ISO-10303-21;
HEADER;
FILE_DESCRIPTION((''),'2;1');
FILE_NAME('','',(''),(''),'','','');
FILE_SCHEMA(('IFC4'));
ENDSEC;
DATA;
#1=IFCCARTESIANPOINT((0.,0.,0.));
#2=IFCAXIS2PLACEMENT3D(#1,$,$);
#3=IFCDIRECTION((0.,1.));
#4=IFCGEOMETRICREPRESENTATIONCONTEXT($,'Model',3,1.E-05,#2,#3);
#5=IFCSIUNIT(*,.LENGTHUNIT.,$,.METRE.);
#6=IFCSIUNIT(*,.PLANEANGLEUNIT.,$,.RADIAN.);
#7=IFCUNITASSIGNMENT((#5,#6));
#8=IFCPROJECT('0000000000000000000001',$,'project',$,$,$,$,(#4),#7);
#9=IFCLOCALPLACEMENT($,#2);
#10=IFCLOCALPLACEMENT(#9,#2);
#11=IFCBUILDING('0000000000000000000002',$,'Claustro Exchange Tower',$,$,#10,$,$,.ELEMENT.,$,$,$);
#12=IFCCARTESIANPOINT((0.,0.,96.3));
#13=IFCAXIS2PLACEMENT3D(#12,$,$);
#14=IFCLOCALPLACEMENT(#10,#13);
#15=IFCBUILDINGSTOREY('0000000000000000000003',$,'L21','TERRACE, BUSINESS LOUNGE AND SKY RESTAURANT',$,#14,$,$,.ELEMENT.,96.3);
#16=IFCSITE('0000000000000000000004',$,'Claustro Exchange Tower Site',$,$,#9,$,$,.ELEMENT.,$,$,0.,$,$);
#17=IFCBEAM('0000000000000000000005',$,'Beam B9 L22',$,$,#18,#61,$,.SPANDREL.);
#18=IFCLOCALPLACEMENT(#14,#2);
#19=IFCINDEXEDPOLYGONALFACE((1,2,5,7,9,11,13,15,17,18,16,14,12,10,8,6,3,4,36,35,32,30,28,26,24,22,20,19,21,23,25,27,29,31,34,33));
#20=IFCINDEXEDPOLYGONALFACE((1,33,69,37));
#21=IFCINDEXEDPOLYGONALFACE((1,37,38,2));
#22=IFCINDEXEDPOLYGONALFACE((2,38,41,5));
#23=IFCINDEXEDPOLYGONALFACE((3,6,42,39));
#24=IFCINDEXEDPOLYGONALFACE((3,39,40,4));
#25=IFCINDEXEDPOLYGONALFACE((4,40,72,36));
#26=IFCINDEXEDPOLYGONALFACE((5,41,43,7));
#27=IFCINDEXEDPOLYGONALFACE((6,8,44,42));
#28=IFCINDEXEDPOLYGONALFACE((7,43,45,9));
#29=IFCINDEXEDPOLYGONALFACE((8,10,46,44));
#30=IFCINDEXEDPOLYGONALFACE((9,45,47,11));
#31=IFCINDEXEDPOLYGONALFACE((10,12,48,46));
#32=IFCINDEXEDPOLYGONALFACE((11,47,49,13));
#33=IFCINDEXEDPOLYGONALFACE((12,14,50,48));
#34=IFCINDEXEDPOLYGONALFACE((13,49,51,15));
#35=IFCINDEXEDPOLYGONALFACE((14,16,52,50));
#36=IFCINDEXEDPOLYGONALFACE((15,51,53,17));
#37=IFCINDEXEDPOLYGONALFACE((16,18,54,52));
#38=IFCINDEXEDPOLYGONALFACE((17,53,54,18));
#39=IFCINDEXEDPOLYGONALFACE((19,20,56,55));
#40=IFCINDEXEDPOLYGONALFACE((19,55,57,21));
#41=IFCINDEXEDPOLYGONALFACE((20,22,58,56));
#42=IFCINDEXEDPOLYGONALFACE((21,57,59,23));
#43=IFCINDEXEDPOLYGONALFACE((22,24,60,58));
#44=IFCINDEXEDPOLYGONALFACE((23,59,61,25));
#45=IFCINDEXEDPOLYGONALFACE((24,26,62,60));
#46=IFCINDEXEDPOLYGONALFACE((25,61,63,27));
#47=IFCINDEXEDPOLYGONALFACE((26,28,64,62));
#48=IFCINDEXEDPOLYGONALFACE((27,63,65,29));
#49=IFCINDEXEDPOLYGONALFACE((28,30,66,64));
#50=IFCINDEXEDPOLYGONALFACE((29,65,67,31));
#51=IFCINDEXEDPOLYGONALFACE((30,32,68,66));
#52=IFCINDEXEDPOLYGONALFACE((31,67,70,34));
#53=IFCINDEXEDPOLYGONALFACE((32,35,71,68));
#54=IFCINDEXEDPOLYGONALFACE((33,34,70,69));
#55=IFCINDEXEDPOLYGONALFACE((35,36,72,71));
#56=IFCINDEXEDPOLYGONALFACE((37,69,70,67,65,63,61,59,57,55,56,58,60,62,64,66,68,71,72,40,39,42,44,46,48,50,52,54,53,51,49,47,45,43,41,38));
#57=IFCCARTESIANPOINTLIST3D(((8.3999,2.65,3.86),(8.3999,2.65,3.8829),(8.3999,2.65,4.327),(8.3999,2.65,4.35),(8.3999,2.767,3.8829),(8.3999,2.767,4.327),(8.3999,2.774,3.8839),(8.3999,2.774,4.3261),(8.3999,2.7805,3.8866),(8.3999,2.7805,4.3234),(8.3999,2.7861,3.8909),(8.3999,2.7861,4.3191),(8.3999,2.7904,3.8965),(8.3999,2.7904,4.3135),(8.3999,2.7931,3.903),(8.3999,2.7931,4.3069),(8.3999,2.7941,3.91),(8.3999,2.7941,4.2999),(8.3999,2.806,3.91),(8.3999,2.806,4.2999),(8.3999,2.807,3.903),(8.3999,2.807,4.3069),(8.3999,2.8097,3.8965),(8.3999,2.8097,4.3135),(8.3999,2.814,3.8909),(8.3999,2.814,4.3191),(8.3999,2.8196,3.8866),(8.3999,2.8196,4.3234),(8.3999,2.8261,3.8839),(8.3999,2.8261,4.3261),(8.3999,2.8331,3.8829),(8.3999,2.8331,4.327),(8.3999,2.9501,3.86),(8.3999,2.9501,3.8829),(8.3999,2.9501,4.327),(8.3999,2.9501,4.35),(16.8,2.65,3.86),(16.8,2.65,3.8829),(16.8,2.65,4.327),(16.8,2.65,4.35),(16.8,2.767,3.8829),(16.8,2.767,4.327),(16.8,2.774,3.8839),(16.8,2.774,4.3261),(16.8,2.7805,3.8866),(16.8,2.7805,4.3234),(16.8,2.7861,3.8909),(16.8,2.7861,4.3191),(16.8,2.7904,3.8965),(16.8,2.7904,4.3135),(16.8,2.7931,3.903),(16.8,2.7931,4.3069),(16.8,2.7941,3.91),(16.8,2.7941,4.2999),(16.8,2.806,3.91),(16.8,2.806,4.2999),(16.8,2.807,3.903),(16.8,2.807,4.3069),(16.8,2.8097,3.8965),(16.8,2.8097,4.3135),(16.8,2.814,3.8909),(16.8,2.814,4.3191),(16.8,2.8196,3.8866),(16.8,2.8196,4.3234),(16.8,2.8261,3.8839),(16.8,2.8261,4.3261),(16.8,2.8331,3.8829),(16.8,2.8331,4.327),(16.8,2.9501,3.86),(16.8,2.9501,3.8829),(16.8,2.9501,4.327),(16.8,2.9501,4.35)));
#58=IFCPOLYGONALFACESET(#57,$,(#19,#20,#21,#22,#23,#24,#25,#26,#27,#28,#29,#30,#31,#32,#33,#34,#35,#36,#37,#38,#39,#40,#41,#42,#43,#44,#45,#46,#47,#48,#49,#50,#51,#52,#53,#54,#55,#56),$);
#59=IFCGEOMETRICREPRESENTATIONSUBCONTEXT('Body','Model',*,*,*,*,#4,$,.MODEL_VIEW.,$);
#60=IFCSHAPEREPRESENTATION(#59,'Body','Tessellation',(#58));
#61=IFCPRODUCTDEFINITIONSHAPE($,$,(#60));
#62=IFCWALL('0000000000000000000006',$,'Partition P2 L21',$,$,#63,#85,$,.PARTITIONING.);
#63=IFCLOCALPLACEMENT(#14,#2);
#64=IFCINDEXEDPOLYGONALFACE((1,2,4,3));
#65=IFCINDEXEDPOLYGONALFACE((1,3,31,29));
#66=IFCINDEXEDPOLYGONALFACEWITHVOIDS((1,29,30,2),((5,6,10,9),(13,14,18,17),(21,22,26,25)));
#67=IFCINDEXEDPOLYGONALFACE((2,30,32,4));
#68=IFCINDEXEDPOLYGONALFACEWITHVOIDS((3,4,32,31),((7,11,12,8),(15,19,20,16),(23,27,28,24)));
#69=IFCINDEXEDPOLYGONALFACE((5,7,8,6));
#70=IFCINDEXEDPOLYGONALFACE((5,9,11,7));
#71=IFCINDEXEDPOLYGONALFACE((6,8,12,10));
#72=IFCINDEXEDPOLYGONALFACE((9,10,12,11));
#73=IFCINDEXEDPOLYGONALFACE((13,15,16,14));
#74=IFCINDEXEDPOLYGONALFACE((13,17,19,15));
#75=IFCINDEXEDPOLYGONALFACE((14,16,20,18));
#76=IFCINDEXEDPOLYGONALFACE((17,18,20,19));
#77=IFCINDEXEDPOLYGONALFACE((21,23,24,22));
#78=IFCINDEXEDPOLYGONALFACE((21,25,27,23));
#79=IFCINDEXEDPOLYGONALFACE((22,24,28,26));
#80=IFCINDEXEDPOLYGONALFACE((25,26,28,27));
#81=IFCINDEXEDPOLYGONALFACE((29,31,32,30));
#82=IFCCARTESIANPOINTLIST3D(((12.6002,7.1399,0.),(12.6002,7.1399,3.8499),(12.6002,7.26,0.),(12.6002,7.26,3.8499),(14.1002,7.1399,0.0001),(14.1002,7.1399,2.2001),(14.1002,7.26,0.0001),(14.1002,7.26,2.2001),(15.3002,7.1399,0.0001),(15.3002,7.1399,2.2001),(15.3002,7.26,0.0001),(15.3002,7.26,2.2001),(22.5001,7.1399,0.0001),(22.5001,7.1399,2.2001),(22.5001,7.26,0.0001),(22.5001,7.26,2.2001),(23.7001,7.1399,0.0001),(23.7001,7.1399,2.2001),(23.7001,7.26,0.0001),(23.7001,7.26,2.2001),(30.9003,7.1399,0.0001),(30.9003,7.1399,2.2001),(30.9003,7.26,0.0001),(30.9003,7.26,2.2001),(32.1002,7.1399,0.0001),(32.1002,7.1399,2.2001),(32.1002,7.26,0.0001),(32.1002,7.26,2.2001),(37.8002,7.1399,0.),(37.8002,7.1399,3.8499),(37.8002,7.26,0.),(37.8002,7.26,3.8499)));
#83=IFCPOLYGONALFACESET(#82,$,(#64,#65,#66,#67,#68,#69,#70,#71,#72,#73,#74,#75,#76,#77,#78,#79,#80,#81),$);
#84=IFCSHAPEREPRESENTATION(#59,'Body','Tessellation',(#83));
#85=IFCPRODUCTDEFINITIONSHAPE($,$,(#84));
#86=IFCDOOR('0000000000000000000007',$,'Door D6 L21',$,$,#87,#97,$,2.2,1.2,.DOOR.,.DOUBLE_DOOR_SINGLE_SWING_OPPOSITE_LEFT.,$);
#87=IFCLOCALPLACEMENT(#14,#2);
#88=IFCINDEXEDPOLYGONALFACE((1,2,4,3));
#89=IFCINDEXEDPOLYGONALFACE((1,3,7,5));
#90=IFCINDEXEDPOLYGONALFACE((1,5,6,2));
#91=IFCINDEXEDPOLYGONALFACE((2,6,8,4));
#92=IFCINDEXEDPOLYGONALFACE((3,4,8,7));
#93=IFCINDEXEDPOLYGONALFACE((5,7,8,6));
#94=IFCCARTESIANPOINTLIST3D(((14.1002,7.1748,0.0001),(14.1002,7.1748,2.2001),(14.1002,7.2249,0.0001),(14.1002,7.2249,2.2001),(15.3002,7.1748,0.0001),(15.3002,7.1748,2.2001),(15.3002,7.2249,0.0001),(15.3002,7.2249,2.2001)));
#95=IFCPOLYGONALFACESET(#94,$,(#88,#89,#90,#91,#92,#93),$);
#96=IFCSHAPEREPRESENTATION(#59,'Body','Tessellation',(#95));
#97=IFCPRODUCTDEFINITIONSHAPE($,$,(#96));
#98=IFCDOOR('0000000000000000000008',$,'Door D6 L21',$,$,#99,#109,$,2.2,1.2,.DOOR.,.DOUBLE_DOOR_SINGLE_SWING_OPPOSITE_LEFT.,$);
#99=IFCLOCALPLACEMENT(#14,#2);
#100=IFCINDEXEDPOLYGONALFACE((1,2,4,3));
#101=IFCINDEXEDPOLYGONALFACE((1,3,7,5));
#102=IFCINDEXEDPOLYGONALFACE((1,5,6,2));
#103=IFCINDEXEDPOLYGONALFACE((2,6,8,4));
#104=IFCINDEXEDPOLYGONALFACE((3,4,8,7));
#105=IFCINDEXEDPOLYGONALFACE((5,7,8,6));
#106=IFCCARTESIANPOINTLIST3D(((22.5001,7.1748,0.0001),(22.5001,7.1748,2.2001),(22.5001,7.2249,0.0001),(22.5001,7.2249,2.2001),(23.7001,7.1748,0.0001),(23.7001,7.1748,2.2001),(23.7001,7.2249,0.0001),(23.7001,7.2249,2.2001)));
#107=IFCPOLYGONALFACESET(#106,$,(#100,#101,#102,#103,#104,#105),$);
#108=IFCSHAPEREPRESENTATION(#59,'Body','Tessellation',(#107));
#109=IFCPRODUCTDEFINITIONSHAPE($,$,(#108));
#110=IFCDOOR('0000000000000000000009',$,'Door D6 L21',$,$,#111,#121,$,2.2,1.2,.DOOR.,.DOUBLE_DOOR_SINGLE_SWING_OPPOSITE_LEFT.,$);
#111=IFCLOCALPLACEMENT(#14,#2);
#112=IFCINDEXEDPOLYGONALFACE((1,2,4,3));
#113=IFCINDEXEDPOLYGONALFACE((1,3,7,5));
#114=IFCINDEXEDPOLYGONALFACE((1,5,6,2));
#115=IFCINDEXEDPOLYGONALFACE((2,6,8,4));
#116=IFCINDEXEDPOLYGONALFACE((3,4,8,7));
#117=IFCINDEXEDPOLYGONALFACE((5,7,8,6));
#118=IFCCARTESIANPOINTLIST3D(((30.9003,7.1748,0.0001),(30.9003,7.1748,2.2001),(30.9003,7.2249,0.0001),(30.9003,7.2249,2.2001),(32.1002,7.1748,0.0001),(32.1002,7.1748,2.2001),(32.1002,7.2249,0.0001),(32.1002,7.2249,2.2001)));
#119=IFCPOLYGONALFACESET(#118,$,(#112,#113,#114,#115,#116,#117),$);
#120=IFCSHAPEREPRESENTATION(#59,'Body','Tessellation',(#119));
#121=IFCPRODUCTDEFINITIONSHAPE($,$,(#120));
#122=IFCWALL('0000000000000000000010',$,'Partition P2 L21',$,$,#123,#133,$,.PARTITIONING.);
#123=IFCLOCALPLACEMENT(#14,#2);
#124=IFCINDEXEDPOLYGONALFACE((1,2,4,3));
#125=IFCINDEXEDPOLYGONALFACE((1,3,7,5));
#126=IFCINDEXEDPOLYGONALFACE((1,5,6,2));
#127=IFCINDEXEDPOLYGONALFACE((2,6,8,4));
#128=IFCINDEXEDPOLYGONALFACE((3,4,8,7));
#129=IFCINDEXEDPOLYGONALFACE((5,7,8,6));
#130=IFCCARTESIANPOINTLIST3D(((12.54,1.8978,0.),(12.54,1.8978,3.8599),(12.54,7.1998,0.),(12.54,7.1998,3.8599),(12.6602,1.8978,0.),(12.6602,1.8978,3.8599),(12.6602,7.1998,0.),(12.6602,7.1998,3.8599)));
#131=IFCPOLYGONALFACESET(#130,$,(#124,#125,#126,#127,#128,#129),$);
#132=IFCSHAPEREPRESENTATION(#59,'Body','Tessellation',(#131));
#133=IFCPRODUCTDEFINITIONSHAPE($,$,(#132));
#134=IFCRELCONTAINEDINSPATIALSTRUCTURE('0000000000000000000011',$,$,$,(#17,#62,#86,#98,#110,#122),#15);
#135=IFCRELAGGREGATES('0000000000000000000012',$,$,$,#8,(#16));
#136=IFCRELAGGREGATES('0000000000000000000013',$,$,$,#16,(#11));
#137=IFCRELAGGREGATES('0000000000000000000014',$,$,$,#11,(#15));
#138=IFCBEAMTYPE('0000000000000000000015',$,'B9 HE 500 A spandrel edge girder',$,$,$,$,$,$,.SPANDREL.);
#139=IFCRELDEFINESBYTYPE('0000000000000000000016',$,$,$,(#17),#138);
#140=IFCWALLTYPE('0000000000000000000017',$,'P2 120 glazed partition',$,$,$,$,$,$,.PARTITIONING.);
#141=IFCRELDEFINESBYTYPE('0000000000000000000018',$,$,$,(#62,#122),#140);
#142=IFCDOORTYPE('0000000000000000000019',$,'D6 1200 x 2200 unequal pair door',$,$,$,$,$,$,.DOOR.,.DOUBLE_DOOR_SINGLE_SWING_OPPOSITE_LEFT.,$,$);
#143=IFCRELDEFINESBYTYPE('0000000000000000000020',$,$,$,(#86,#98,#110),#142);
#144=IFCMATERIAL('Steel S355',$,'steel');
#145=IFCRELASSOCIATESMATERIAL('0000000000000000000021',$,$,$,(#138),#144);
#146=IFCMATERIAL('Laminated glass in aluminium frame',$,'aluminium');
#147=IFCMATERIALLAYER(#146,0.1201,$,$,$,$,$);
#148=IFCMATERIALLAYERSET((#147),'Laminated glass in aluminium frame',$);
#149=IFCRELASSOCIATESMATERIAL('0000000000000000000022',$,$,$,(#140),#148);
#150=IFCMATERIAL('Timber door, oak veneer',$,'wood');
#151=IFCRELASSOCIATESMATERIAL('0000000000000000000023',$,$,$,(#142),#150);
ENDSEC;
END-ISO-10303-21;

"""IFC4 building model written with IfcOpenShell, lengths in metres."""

from ifc_helpers import new_model, si_unit, direction, frame, frame_2d, origin, origin_2d, place, context, subcontext, project, spatial, rectangle, i_section, extrude, material, layer, layer_set, material_profile, profile_set, type_object, element, fill, save


model = new_model("IFC4")

# Units and contexts
model_context = context("Model", 3, precision=1e-05, world=origin(), true_north=direction((0.0, 1.0)))
body_context = subcontext(model_context, "Body", "Model", "MODEL_VIEW")
ifc_project = project(units=[si_unit("LENGTHUNIT", "METRE"), si_unit("PLANEANGLEUNIT", "RADIAN")], contexts=[model_context])

# Site, building, storey
site_placement = place(None, origin())
site = spatial("IfcSite", under=ifc_project, at=site_placement, Name="Claustro Exchange Tower Site", CompositionType="ELEMENT", RefElevation=0.0)
building_placement = place(site_placement, origin())
building = spatial("IfcBuilding", under=site, at=building_placement, Name="Claustro Exchange Tower", CompositionType="ELEMENT")
storey_placement = place(building_placement, frame((0.0, 0.0, 96.3)))
storey = spatial("IfcBuildingStorey", under=building, at=storey_placement, Name="L21", Description="TERRACE, BUSINESS LOUNGE AND SKY RESTAURANT", CompositionType="ELEMENT", Elevation=96.3)

# Beam
ifc_material_1 = material(Name="Steel S355", Category="steel")
ifc_material_profile_1 = material_profile(ifc_material_1, i_section(OverallWidth=0.3, OverallDepth=0.49, WebThickness=0.012, FlangeThickness=0.0229, FilletRadius=0.0271, at=origin_2d()), Name="HE 500 A")
ifc_profile_set_1 = profile_set([ifc_material_profile_1], Name="Steel S355")
beam_type_1 = type_object("IfcBeamType", Name="B9 HE 500 A spandrel edge girder", PredefinedType="SPANDREL", material=ifc_profile_set_1)
beam_1_placement = place(storey_placement, frame((8.3999, 2.8, 4.105), z_axis=(1.0, 0.0, 0.0), x_axis=(0.0, 1.0, 0.0)))
element("IfcBeam", 1, at=beam_1_placement, inside=storey, type_object=beam_type_1, Name="Beam B9 L22", PredefinedType="SPANDREL", context=body_context, shape_type="SweptSolid", body=[
    extrude(i_section(OverallWidth=0.3, OverallDepth=0.49, WebThickness=0.012, FlangeThickness=0.0229, FilletRadius=0.0271, at=origin_2d()), origin(), (0.0, 0.0, 1.0), 8.4001),
])

# Wall, openings, doors
ifc_material_2 = material(Name="Laminated glass in aluminium frame", Category="aluminium")
ifc_layer_1 = layer(ifc_material_2, 0.1201)
ifc_layer_set_1 = layer_set([ifc_layer_1], Name="Laminated glass in aluminium frame")
wall_type_1 = type_object("IfcWallType", Name="P2 120 glazed partition", PredefinedType="PARTITIONING", material=ifc_layer_set_1)
wall_1_placement = place(storey_placement, frame((12.6001, 7.2, 0.0), z_axis=(0.0, 0.0, 1.0), x_axis=(1.0, 0.0, 0.0)))
wall_1 = element("IfcWall", 2, at=wall_1_placement, inside=storey, type_object=wall_type_1, Name="Partition P2 L21", PredefinedType="PARTITIONING", context=body_context, shape_type="SweptSolid", body=[
    extrude(rectangle(XDim=25.2, YDim=0.1201, at=frame_2d((12.6001, 0.0))), origin(), (0.0, 0.0, 1.0), 3.8499),
])
opening_1_placement = place(wall_1_placement, frame((1.5, 0.0, 0.0)))
opening_1 = element("IfcOpeningElement", 3, at=opening_1_placement, cuts=wall_1, PredefinedType="OPENING", context=body_context, shape_type="SweptSolid", body=[
    extrude(rectangle(XDim=1.2, YDim=2.2, at=frame_2d((0.6001, 1.1001))), frame((0.0, 0.0701, 0.0), z_axis=(0.0, -1.0, 0.0), x_axis=(1.0, 0.0, 0.0)), (0.0, 0.0, 1.0), 0.1401),
])
opening_2_placement = place(wall_1_placement, frame((9.8999, 0.0, 0.0)))
opening_2 = element("IfcOpeningElement", 4, at=opening_2_placement, cuts=wall_1, PredefinedType="OPENING", context=body_context, shape_type="SweptSolid", body=[
    extrude(rectangle(XDim=1.2, YDim=2.2, at=frame_2d((0.6001, 1.1001))), frame((0.0, 0.0701, 0.0), z_axis=(0.0, -1.0, 0.0), x_axis=(1.0, 0.0, 0.0)), (0.0, 0.0, 1.0), 0.1401),
])
opening_3_placement = place(wall_1_placement, frame((18.3, 0.0, 0.0)))
opening_3 = element("IfcOpeningElement", 5, at=opening_3_placement, cuts=wall_1, PredefinedType="OPENING", context=body_context, shape_type="SweptSolid", body=[
    extrude(rectangle(XDim=1.2, YDim=2.2, at=frame_2d((0.6001, 1.1001))), frame((0.0, 0.0701, 0.0), z_axis=(0.0, -1.0, 0.0), x_axis=(1.0, 0.0, 0.0)), (0.0, 0.0, 1.0), 0.1401),
])
ifc_material_3 = material(Name="Timber door, oak veneer", Category="wood")
door_type_1 = type_object("IfcDoorType", Name="D6 1200 x 2200 unequal pair door", OperationType="DOUBLE_DOOR_SINGLE_SWING_OPPOSITE_LEFT", PredefinedType="DOOR", material=ifc_material_3)
door_1_placement = place(opening_1_placement, origin())
door_1 = element("IfcDoor", 6, at=door_1_placement, inside=storey, type_object=door_type_1, Name="Door D6 L21", OperationType="DOUBLE_DOOR_SINGLE_SWING_OPPOSITE_LEFT", OverallHeight=2.2, OverallWidth=1.2, PredefinedType="DOOR", context=body_context, shape_type="SweptSolid", body=[
    extrude(rectangle(XDim=1.2, YDim=2.2, at=frame_2d((0.6001, 1.1001))), frame((0.0, 0.0249, 0.0), z_axis=(0.0, -1.0, 0.0), x_axis=(1.0, 0.0, 0.0)), (0.0, 0.0, 1.0), 0.05),
])
fill(opening_1, door_1)
door_2_placement = place(opening_2_placement, origin())
door_2 = element("IfcDoor", 7, at=door_2_placement, inside=storey, type_object=door_type_1, Name="Door D6 L21", OperationType="DOUBLE_DOOR_SINGLE_SWING_OPPOSITE_LEFT", OverallHeight=2.2, OverallWidth=1.2, PredefinedType="DOOR", context=body_context, shape_type="SweptSolid", body=[
    extrude(rectangle(XDim=1.2, YDim=2.2, at=frame_2d((0.6001, 1.1001))), frame((0.0, 0.0249, 0.0), z_axis=(0.0, -1.0, 0.0), x_axis=(1.0, 0.0, 0.0)), (0.0, 0.0, 1.0), 0.05),
])
fill(opening_2, door_2)
door_3_placement = place(opening_3_placement, origin())
door_3 = element("IfcDoor", 8, at=door_3_placement, inside=storey, type_object=door_type_1, Name="Door D6 L21", OperationType="DOUBLE_DOOR_SINGLE_SWING_OPPOSITE_LEFT", OverallHeight=2.2, OverallWidth=1.2, PredefinedType="DOOR", context=body_context, shape_type="SweptSolid", body=[
    extrude(rectangle(XDim=1.2, YDim=2.2, at=frame_2d((0.6001, 1.1001))), frame((0.0, 0.0249, 0.0), z_axis=(0.0, -1.0, 0.0), x_axis=(1.0, 0.0, 0.0)), (0.0, 0.0, 1.0), 0.05),
])
fill(opening_3, door_3)

# Wall
wall_2_placement = place(storey_placement, frame((12.6001, 1.8979, 0.0), z_axis=(0.0, 0.0, 1.0), x_axis=(0.0, 1.0, 0.0)))
element("IfcWall", 9, at=wall_2_placement, inside=storey, type_object=wall_type_1, Name="Partition P2 L21", PredefinedType="PARTITIONING", context=body_context, shape_type="SweptSolid", body=[
    extrude(rectangle(XDim=5.302, YDim=0.1201, at=frame_2d((2.6509, 0.0))), origin(), (0.0, 0.0, 1.0), 3.8599),
])

save(model, "model.ifc")
